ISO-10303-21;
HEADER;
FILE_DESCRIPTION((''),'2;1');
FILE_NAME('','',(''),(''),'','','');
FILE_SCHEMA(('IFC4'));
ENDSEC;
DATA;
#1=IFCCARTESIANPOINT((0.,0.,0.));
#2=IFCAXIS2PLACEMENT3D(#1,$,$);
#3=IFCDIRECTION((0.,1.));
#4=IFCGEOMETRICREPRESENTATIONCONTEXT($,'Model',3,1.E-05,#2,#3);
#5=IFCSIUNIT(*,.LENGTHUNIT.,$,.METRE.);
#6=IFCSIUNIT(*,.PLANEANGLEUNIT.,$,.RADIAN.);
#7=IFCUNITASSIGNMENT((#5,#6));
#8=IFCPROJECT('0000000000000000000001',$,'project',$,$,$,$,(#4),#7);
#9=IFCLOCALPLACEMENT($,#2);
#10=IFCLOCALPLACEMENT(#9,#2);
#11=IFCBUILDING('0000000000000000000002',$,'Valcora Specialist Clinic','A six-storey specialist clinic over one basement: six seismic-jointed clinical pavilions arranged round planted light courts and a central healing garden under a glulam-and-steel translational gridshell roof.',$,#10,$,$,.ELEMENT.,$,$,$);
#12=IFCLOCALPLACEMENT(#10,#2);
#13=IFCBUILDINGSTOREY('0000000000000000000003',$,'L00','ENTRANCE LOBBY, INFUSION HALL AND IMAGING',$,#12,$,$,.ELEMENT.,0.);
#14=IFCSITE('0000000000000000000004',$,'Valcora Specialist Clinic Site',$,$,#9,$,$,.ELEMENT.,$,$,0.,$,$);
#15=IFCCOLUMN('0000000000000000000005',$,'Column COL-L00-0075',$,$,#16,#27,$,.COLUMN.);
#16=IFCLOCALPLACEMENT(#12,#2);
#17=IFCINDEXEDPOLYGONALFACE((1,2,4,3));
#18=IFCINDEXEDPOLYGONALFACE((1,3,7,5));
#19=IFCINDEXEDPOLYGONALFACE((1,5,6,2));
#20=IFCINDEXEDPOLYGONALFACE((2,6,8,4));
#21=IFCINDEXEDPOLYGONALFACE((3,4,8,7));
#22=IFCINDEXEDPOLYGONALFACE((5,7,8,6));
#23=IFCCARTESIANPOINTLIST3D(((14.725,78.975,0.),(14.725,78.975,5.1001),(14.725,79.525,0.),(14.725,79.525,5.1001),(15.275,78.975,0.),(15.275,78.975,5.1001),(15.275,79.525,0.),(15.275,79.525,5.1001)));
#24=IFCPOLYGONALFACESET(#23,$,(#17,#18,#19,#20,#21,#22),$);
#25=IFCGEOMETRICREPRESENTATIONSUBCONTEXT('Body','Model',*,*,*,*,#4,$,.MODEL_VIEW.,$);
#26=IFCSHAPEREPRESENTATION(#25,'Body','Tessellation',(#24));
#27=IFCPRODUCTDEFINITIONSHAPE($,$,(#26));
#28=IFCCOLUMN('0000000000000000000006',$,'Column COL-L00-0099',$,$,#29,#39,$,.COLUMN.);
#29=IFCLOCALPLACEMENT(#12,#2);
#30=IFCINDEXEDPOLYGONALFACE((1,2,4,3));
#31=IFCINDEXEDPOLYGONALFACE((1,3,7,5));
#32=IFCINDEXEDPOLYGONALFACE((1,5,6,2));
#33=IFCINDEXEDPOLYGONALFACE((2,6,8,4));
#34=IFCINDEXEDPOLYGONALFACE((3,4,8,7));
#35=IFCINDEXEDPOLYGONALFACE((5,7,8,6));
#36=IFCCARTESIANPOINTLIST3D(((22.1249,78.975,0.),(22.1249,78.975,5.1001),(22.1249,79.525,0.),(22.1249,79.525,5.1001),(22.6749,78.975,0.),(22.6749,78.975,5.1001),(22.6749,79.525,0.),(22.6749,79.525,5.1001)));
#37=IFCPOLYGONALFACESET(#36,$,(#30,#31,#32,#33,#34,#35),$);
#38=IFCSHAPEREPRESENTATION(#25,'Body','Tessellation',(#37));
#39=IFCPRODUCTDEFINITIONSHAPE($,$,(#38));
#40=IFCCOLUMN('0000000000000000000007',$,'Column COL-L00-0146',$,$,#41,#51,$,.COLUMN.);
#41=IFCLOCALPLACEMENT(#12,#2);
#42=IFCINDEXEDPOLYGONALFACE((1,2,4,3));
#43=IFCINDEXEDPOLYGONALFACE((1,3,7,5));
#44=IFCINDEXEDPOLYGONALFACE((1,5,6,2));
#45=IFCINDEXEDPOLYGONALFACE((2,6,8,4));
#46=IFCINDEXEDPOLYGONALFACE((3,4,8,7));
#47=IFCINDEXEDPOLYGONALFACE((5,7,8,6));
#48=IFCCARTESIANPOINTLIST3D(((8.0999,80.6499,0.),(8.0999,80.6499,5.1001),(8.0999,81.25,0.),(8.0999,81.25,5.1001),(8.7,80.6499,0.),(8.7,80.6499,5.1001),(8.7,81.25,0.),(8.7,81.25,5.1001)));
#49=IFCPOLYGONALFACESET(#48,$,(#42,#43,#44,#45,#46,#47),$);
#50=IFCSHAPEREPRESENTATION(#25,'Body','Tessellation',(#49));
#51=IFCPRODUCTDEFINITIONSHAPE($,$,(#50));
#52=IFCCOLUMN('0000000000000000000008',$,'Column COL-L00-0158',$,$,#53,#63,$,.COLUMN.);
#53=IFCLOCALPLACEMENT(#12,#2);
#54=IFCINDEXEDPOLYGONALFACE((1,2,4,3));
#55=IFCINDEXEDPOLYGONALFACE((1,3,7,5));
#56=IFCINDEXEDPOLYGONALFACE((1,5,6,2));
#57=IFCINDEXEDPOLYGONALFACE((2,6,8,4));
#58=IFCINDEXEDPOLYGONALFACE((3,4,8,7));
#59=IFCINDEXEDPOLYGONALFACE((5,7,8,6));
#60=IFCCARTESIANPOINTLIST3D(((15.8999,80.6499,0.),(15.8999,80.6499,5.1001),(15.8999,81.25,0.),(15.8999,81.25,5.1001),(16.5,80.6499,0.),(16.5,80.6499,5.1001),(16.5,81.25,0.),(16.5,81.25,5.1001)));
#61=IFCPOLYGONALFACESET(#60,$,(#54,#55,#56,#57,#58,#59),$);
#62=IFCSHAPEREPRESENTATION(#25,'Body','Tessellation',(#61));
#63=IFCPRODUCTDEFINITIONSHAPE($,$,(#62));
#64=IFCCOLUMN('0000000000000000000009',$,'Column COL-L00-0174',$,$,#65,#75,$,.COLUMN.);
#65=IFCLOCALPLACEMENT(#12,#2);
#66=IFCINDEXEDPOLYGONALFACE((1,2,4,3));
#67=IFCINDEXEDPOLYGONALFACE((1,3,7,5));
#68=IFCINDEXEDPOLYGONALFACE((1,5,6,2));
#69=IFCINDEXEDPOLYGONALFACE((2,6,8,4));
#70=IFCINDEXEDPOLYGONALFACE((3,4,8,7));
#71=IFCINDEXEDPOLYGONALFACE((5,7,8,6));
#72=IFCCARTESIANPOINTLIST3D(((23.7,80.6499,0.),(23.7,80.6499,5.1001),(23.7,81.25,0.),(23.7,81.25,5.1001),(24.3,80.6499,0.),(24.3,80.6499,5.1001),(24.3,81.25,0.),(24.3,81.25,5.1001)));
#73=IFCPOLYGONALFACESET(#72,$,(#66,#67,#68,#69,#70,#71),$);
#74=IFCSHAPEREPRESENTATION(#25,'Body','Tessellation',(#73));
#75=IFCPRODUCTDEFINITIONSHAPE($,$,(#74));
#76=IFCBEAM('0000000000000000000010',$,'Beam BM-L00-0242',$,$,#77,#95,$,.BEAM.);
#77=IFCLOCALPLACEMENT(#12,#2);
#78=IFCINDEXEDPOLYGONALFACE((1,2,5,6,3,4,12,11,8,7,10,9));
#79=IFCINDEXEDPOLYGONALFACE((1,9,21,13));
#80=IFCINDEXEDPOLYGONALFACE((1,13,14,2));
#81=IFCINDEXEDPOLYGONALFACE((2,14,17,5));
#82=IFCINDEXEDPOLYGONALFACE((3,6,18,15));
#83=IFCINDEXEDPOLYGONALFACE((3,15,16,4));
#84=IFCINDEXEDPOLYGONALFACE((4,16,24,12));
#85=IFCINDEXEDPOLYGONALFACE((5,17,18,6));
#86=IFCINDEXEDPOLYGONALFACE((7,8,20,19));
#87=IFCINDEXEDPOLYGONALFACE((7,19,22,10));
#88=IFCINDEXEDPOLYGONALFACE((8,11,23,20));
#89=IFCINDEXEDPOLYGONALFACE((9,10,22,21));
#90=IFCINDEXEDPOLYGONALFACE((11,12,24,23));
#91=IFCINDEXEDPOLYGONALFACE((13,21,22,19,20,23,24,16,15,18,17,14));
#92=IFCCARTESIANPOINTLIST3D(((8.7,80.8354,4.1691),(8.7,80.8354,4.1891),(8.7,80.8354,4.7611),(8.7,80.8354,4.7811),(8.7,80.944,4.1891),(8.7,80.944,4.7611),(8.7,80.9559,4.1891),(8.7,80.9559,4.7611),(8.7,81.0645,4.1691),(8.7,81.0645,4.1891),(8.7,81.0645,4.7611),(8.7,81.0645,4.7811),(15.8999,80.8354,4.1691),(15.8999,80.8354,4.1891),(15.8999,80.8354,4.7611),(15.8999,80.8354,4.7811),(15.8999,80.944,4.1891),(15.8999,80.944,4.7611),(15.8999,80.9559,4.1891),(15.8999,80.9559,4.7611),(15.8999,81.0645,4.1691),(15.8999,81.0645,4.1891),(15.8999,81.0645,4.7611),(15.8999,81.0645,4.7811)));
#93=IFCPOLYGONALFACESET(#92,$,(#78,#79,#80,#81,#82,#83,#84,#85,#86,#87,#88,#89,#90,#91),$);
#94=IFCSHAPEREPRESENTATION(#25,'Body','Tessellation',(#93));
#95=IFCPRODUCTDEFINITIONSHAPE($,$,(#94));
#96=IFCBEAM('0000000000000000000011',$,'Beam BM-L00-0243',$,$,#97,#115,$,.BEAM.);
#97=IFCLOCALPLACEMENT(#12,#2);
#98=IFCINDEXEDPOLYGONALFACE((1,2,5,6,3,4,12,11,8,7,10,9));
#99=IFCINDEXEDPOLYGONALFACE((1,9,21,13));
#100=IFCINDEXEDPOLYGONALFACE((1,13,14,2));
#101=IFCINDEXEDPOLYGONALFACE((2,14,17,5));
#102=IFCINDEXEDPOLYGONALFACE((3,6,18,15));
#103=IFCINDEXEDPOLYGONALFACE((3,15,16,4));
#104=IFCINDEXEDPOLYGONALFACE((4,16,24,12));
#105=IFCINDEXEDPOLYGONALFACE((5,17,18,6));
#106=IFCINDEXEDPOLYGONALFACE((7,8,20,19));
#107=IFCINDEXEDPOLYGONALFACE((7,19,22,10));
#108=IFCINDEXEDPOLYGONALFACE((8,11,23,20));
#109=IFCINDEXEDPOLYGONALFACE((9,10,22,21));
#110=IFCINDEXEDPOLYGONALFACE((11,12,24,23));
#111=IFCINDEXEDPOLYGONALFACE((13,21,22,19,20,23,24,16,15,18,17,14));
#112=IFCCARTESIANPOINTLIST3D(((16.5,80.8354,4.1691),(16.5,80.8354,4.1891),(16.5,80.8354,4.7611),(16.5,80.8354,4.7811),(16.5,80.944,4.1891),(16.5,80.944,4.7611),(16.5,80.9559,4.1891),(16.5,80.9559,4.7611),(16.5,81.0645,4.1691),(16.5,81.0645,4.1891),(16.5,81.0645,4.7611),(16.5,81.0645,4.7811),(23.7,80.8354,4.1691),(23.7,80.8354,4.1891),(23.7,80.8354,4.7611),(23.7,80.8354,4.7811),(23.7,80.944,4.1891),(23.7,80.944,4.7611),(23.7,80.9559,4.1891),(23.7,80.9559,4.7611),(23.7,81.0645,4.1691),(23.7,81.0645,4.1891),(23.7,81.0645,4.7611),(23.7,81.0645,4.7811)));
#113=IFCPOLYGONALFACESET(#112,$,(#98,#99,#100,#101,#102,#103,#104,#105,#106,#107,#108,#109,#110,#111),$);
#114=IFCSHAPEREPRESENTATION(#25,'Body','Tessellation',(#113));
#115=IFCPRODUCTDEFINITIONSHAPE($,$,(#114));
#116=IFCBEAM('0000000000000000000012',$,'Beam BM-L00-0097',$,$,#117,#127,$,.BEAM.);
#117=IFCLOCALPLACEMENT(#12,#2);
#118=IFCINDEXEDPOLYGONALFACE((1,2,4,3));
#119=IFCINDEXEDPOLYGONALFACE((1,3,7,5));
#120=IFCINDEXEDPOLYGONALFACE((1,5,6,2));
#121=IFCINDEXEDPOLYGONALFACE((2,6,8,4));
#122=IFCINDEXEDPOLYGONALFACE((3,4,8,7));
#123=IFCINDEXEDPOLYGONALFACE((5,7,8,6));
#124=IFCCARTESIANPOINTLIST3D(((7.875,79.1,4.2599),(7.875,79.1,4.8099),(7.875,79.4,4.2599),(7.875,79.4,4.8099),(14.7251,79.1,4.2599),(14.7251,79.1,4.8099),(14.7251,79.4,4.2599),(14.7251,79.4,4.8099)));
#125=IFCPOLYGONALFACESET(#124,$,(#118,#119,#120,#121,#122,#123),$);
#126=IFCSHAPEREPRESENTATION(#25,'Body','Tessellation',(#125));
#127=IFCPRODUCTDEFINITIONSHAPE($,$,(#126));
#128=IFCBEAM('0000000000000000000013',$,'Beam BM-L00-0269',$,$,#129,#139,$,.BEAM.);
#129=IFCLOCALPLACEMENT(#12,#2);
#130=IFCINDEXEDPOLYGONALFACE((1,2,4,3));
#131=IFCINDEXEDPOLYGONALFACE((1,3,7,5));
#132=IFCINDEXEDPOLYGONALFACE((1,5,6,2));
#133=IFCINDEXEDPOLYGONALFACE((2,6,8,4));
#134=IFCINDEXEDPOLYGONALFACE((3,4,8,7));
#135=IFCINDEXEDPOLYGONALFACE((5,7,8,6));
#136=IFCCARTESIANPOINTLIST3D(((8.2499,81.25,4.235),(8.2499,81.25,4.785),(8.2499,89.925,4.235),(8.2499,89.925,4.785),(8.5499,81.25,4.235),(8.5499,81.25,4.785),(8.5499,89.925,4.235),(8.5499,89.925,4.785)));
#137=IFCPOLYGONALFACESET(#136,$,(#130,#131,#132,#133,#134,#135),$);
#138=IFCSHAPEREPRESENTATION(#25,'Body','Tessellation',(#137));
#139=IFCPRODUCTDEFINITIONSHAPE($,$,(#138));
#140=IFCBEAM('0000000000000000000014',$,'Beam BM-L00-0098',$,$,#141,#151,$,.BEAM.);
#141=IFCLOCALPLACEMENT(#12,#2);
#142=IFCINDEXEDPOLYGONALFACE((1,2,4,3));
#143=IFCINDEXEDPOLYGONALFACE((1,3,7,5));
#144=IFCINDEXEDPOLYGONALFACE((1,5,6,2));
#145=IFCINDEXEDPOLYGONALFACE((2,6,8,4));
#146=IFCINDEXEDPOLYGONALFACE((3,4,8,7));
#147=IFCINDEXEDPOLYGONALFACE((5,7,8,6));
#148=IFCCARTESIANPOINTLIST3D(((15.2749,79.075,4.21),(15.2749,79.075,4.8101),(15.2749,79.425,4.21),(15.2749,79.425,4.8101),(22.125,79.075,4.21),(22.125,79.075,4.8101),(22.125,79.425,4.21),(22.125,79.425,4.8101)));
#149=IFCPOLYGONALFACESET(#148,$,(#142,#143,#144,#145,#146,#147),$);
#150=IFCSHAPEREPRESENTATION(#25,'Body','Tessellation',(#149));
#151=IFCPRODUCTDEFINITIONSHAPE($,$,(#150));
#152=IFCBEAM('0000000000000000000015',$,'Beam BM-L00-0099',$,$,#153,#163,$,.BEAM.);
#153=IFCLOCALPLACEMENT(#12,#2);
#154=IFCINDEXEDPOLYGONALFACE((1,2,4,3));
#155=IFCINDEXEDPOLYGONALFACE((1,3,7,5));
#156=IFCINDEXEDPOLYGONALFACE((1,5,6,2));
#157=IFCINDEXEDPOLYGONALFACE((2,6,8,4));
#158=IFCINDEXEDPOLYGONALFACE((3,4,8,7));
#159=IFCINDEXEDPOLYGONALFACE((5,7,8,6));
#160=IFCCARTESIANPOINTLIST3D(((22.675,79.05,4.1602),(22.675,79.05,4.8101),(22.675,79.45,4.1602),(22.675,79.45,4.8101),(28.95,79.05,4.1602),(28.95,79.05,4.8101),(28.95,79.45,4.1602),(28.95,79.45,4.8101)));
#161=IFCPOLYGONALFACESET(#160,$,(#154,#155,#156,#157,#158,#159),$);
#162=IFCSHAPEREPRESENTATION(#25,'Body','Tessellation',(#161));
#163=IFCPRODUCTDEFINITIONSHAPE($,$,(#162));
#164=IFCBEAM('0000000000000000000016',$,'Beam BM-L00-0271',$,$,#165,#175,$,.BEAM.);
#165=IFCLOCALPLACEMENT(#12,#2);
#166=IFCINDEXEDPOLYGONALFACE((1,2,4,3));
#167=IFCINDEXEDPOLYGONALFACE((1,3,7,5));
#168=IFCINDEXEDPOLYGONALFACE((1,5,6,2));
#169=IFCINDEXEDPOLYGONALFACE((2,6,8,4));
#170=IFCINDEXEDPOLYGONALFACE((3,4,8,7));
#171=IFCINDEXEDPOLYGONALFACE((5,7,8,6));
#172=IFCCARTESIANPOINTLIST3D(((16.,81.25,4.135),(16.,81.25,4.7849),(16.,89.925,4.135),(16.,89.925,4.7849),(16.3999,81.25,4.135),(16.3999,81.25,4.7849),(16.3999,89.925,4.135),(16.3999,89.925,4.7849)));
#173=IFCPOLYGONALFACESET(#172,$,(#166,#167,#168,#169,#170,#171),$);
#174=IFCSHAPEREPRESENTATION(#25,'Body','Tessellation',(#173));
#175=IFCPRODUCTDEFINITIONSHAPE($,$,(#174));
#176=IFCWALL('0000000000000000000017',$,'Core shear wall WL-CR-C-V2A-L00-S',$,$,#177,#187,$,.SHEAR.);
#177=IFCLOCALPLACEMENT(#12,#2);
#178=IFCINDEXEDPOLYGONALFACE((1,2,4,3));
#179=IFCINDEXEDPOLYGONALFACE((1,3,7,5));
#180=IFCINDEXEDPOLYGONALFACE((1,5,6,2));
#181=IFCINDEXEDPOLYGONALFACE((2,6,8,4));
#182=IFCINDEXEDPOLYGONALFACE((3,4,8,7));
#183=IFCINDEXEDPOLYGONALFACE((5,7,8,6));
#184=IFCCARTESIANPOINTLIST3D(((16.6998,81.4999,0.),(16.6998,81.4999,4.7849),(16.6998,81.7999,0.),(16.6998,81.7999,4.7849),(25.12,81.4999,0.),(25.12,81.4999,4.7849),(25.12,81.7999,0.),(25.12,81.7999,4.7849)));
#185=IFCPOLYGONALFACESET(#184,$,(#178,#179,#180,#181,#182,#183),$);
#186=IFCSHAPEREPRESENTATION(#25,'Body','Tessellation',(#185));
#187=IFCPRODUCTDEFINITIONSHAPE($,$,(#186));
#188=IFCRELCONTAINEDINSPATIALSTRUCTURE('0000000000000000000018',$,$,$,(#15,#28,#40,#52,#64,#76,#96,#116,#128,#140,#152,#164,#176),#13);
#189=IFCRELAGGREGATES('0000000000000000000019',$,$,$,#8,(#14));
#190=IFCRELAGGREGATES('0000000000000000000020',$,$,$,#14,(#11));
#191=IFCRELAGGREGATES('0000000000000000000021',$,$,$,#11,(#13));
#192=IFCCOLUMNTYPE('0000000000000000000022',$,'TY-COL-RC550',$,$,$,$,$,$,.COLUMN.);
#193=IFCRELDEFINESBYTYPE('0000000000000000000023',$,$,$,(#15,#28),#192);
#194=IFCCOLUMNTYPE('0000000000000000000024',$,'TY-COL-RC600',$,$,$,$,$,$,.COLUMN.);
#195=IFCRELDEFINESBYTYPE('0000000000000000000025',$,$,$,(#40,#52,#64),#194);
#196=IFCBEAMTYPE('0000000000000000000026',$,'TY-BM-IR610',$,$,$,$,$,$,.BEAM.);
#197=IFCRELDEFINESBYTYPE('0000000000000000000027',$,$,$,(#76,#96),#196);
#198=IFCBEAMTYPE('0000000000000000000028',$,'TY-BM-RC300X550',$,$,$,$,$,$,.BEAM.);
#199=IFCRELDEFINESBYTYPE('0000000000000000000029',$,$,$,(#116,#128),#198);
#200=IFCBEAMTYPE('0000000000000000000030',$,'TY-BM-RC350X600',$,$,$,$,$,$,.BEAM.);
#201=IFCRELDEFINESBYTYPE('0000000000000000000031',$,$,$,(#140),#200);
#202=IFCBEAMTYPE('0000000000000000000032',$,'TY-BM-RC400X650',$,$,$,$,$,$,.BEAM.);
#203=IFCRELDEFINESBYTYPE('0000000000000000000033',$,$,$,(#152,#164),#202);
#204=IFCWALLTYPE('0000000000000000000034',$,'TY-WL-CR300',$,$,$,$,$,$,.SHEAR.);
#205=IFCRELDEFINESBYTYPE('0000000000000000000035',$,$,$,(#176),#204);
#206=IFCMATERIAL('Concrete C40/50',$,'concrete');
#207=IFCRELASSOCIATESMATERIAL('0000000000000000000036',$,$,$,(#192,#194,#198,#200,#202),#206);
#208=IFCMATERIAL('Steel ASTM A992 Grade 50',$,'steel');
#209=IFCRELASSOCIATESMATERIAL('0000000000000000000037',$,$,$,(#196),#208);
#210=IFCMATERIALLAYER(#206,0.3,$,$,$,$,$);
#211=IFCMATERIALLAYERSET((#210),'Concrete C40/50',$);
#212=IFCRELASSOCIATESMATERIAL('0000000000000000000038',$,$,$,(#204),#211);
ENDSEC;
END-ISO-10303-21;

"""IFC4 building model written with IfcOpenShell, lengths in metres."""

from ifc_helpers import new_model, si_unit, direction, frame, frame_2d, origin, origin_2d, place, context, subcontext, project, spatial, rectangle, i_section, extrude, material, layer, layer_set, material_profile, profile_set, type_object, element, save


model = new_model("IFC4")

# Units and contexts
model_context = context("Model", 3, precision=1e-05, world=origin(), true_north=direction((0.0, 1.0)))
body_context = subcontext(model_context, "Body", "Model", "MODEL_VIEW")
ifc_project = project(units=[si_unit("LENGTHUNIT", "METRE"), si_unit("PLANEANGLEUNIT", "RADIAN")], contexts=[model_context])

# Site, building, storey
site_placement = place(None, origin())
site = spatial("IfcSite", under=ifc_project, at=site_placement, Name="Valcora Specialist Clinic Site", CompositionType="ELEMENT", RefElevation=0.0)
building_placement = place(site_placement, origin())
building = spatial("IfcBuilding", under=site, at=building_placement, Name="Valcora Specialist Clinic", Description="A six-storey specialist clinic over one basement: six seismic-jointed clinical pavilions arranged round planted light courts and a central healing garden under a glulam-and-steel translational gridshell roof.", CompositionType="ELEMENT")
storey_placement = place(building_placement, origin())
storey = spatial("IfcBuildingStorey", under=building, at=storey_placement, Name="L00", Description="ENTRANCE LOBBY, INFUSION HALL AND IMAGING", CompositionType="ELEMENT", Elevation=0.0)

# Columns
ifc_material_1 = material(Name="Concrete C40/50", Category="concrete")
ifc_material_profile_1 = material_profile(ifc_material_1, rectangle(XDim=0.55, YDim=0.55, at=origin_2d()), Name="RC-COL-550X550")
ifc_profile_set_1 = profile_set([ifc_material_profile_1], Name="Concrete C40/50")
column_type_1 = type_object("IfcColumnType", Name="TY-COL-RC550", PredefinedType="COLUMN", material=ifc_profile_set_1)
for number, where, z_axis, x_axis, name in (
    (1, (15.0, 79.25, 0.0), (0.0, 0.0, 1.0), (1.0, 0.0, 0.0), "Column COL-L00-0075"),
    (2, (22.3999, 79.25, 0.0), (0.0, 0.0, 1.0), (1.0, 0.0, 0.0), "Column COL-L00-0099"),
):
    element("IfcColumn", number, at=place(storey_placement, frame(where, z_axis=z_axis, x_axis=x_axis)), inside=storey, type_object=column_type_1, Name=name, PredefinedType="COLUMN", context=body_context, shape_type="SweptSolid", body=[
        extrude(rectangle(XDim=0.55, YDim=0.55, at=origin_2d()), origin(), (0.0, 0.0, 1.0), 5.1001),
    ])
ifc_material_profile_2 = material_profile(ifc_material_1, rectangle(XDim=0.6001, YDim=0.6001, at=origin_2d()), Name="RC-COL-600X600")
ifc_profile_set_2 = profile_set([ifc_material_profile_2], Name="Concrete C40/50")
column_type_2 = type_object("IfcColumnType", Name="TY-COL-RC600", PredefinedType="COLUMN", material=ifc_profile_set_2)
for number, where, z_axis, x_axis, name in (
    (3, (8.3999, 80.95, 0.0), (0.0, 0.0, 1.0), (1.0, 0.0, 0.0), "Column COL-L00-0146"),
    (4, (16.2, 80.95, 0.0), (0.0, 0.0, 1.0), (1.0, 0.0, 0.0), "Column COL-L00-0158"),
    (5, (24.0, 80.95, 0.0), (0.0, 0.0, 1.0), (1.0, 0.0, 0.0), "Column COL-L00-0174"),
):
    element("IfcColumn", number, at=place(storey_placement, frame(where, z_axis=z_axis, x_axis=x_axis)), inside=storey, type_object=column_type_2, Name=name, PredefinedType="COLUMN", context=body_context, shape_type="SweptSolid", body=[
        extrude(rectangle(XDim=0.6001, YDim=0.6001, at=origin_2d()), origin(), (0.0, 0.0, 1.0), 5.1001),
    ])

# Beams
ifc_material_2 = material(Name="Steel ASTM A992 Grade 50", Category="steel")
ifc_material_profile_3 = material_profile(ifc_material_2, i_section(OverallWidth=0.229, OverallDepth=0.6121, WebThickness=0.012, FlangeThickness=0.02, at=origin_2d()), Name="ST-IR-610X229")
ifc_profile_set_3 = profile_set([ifc_material_profile_3], Name="Steel ASTM A992 Grade 50")
beam_type_1 = type_object("IfcBeamType", Name="TY-BM-IR610", PredefinedType="BEAM", material=ifc_profile_set_3)
for number, where, z_axis, x_axis, name in (
    (6, (8.7, 80.95, 4.4751), (1.0, 0.0, 0.0), (0.0, 1.0, 0.0), "Beam BM-L00-0242"),
    (7, (16.5, 80.95, 4.4751), (1.0, 0.0, 0.0), (0.0, 1.0, 0.0), "Beam BM-L00-0243"),
):
    element("IfcBeam", number, at=place(storey_placement, frame(where, z_axis=z_axis, x_axis=x_axis)), inside=storey, type_object=beam_type_1, Name=name, PredefinedType="BEAM", context=body_context, shape_type="SweptSolid", body=[
        extrude(i_section(OverallWidth=0.229, OverallDepth=0.6121, WebThickness=0.012, FlangeThickness=0.02, at=origin_2d()), origin(), (0.0, 0.0, 1.0), 7.2),
    ])
ifc_material_profile_4 = material_profile(ifc_material_1, rectangle(XDim=0.3, YDim=0.55, at=origin_2d()), Name="RC-BM-300X550")
ifc_profile_set_4 = profile_set([ifc_material_profile_4], Name="Concrete C40/50")
beam_type_2 = type_object("IfcBeamType", Name="TY-BM-RC300X550", PredefinedType="BEAM", material=ifc_profile_set_4)
beam_1_placement = place(storey_placement, frame((7.875, 79.25, 4.5349), z_axis=(1.0, 0.0, 0.0), x_axis=(0.0, 1.0, 0.0)))
element("IfcBeam", 8, at=beam_1_placement, inside=storey, type_object=beam_type_2, Name="Beam BM-L00-0097", PredefinedType="BEAM", context=body_context, shape_type="SweptSolid", body=[
    extrude(rectangle(XDim=0.3, YDim=0.55, at=origin_2d()), origin(), (0.0, 0.0, 1.0), 6.8501),
])
beam_2_placement = place(storey_placement, frame((8.3999, 81.25, 4.51), z_axis=(0.0, 1.0, 0.0), x_axis=(-1.0, 0.0, 0.0)))
element("IfcBeam", 9, at=beam_2_placement, inside=storey, type_object=beam_type_2, Name="Beam BM-L00-0269", PredefinedType="BEAM", context=body_context, shape_type="SweptSolid", body=[
    extrude(rectangle(XDim=0.3, YDim=0.55, at=origin_2d()), origin(), (0.0, 0.0, 1.0), 8.675),
])
ifc_material_profile_5 = material_profile(ifc_material_1, rectangle(XDim=0.3501, YDim=0.6001, at=origin_2d()), Name="RC-BM-350X600")
ifc_profile_set_5 = profile_set([ifc_material_profile_5], Name="Concrete C40/50")
beam_type_3 = type_object("IfcBeamType", Name="TY-BM-RC350X600", PredefinedType="BEAM", material=ifc_profile_set_5)
beam_3_placement = place(storey_placement, frame((15.2749, 79.25, 4.51), z_axis=(1.0, 0.0, 0.0), x_axis=(0.0, 1.0, 0.0)))
element("IfcBeam", 10, at=beam_3_placement, inside=storey, type_object=beam_type_3, Name="Beam BM-L00-0098", PredefinedType="BEAM", context=body_context, shape_type="SweptSolid", body=[
    extrude(rectangle(XDim=0.3501, YDim=0.6001, at=origin_2d()), origin(), (0.0, 0.0, 1.0), 6.8501),
])
ifc_material_profile_6 = material_profile(ifc_material_1, rectangle(XDim=0.3999, YDim=0.6499, at=origin_2d()), Name="RC-BM-400X650")
ifc_profile_set_6 = profile_set([ifc_material_profile_6], Name="Concrete C40/50")
beam_type_4 = type_object("IfcBeamType", Name="TY-BM-RC400X650", PredefinedType="BEAM", material=ifc_profile_set_6)
beam_4_placement = place(storey_placement, frame((22.675, 79.25, 4.4851), z_axis=(1.0, 0.0, 0.0), x_axis=(0.0, 1.0, 0.0)))
element("IfcBeam", 11, at=beam_4_placement, inside=storey, type_object=beam_type_4, Name="Beam BM-L00-0099", PredefinedType="BEAM", context=body_context, shape_type="SweptSolid", body=[
    extrude(rectangle(XDim=0.3999, YDim=0.6499, at=origin_2d()), origin(), (0.0, 0.0, 1.0), 6.2749),
])
beam_5_placement = place(storey_placement, frame((16.2, 81.25, 4.46), z_axis=(0.0, 1.0, 0.0), x_axis=(-1.0, 0.0, 0.0)))
element("IfcBeam", 12, at=beam_5_placement, inside=storey, type_object=beam_type_4, Name="Beam BM-L00-0271", PredefinedType="BEAM", context=body_context, shape_type="SweptSolid", body=[
    extrude(rectangle(XDim=0.3999, YDim=0.6499, at=origin_2d()), origin(), (0.0, 0.0, 1.0), 8.675),
])

# Wall
ifc_layer_1 = layer(ifc_material_1, 0.3)
ifc_layer_set_1 = layer_set([ifc_layer_1], Name="Concrete C40/50")
wall_type_1 = type_object("IfcWallType", Name="TY-WL-CR300", PredefinedType="SHEAR", material=ifc_layer_set_1)
wall_1_placement = place(storey_placement, frame((16.7, 81.6499, 0.0), z_axis=(0.0, 0.0, 1.0), x_axis=(1.0, 0.0, 0.0)))
element("IfcWall", 13, at=wall_1_placement, inside=storey, type_object=wall_type_1, Name="Core shear wall WL-CR-C-V2A-L00-S", PredefinedType="SHEAR", context=body_context, shape_type="SweptSolid", body=[
    extrude(rectangle(XDim=8.4202, YDim=0.3, at=frame_2d((4.21, 0.0))), origin(), (0.0, 0.0, 1.0), 4.7849),
])

save(model, "model.ifc")
